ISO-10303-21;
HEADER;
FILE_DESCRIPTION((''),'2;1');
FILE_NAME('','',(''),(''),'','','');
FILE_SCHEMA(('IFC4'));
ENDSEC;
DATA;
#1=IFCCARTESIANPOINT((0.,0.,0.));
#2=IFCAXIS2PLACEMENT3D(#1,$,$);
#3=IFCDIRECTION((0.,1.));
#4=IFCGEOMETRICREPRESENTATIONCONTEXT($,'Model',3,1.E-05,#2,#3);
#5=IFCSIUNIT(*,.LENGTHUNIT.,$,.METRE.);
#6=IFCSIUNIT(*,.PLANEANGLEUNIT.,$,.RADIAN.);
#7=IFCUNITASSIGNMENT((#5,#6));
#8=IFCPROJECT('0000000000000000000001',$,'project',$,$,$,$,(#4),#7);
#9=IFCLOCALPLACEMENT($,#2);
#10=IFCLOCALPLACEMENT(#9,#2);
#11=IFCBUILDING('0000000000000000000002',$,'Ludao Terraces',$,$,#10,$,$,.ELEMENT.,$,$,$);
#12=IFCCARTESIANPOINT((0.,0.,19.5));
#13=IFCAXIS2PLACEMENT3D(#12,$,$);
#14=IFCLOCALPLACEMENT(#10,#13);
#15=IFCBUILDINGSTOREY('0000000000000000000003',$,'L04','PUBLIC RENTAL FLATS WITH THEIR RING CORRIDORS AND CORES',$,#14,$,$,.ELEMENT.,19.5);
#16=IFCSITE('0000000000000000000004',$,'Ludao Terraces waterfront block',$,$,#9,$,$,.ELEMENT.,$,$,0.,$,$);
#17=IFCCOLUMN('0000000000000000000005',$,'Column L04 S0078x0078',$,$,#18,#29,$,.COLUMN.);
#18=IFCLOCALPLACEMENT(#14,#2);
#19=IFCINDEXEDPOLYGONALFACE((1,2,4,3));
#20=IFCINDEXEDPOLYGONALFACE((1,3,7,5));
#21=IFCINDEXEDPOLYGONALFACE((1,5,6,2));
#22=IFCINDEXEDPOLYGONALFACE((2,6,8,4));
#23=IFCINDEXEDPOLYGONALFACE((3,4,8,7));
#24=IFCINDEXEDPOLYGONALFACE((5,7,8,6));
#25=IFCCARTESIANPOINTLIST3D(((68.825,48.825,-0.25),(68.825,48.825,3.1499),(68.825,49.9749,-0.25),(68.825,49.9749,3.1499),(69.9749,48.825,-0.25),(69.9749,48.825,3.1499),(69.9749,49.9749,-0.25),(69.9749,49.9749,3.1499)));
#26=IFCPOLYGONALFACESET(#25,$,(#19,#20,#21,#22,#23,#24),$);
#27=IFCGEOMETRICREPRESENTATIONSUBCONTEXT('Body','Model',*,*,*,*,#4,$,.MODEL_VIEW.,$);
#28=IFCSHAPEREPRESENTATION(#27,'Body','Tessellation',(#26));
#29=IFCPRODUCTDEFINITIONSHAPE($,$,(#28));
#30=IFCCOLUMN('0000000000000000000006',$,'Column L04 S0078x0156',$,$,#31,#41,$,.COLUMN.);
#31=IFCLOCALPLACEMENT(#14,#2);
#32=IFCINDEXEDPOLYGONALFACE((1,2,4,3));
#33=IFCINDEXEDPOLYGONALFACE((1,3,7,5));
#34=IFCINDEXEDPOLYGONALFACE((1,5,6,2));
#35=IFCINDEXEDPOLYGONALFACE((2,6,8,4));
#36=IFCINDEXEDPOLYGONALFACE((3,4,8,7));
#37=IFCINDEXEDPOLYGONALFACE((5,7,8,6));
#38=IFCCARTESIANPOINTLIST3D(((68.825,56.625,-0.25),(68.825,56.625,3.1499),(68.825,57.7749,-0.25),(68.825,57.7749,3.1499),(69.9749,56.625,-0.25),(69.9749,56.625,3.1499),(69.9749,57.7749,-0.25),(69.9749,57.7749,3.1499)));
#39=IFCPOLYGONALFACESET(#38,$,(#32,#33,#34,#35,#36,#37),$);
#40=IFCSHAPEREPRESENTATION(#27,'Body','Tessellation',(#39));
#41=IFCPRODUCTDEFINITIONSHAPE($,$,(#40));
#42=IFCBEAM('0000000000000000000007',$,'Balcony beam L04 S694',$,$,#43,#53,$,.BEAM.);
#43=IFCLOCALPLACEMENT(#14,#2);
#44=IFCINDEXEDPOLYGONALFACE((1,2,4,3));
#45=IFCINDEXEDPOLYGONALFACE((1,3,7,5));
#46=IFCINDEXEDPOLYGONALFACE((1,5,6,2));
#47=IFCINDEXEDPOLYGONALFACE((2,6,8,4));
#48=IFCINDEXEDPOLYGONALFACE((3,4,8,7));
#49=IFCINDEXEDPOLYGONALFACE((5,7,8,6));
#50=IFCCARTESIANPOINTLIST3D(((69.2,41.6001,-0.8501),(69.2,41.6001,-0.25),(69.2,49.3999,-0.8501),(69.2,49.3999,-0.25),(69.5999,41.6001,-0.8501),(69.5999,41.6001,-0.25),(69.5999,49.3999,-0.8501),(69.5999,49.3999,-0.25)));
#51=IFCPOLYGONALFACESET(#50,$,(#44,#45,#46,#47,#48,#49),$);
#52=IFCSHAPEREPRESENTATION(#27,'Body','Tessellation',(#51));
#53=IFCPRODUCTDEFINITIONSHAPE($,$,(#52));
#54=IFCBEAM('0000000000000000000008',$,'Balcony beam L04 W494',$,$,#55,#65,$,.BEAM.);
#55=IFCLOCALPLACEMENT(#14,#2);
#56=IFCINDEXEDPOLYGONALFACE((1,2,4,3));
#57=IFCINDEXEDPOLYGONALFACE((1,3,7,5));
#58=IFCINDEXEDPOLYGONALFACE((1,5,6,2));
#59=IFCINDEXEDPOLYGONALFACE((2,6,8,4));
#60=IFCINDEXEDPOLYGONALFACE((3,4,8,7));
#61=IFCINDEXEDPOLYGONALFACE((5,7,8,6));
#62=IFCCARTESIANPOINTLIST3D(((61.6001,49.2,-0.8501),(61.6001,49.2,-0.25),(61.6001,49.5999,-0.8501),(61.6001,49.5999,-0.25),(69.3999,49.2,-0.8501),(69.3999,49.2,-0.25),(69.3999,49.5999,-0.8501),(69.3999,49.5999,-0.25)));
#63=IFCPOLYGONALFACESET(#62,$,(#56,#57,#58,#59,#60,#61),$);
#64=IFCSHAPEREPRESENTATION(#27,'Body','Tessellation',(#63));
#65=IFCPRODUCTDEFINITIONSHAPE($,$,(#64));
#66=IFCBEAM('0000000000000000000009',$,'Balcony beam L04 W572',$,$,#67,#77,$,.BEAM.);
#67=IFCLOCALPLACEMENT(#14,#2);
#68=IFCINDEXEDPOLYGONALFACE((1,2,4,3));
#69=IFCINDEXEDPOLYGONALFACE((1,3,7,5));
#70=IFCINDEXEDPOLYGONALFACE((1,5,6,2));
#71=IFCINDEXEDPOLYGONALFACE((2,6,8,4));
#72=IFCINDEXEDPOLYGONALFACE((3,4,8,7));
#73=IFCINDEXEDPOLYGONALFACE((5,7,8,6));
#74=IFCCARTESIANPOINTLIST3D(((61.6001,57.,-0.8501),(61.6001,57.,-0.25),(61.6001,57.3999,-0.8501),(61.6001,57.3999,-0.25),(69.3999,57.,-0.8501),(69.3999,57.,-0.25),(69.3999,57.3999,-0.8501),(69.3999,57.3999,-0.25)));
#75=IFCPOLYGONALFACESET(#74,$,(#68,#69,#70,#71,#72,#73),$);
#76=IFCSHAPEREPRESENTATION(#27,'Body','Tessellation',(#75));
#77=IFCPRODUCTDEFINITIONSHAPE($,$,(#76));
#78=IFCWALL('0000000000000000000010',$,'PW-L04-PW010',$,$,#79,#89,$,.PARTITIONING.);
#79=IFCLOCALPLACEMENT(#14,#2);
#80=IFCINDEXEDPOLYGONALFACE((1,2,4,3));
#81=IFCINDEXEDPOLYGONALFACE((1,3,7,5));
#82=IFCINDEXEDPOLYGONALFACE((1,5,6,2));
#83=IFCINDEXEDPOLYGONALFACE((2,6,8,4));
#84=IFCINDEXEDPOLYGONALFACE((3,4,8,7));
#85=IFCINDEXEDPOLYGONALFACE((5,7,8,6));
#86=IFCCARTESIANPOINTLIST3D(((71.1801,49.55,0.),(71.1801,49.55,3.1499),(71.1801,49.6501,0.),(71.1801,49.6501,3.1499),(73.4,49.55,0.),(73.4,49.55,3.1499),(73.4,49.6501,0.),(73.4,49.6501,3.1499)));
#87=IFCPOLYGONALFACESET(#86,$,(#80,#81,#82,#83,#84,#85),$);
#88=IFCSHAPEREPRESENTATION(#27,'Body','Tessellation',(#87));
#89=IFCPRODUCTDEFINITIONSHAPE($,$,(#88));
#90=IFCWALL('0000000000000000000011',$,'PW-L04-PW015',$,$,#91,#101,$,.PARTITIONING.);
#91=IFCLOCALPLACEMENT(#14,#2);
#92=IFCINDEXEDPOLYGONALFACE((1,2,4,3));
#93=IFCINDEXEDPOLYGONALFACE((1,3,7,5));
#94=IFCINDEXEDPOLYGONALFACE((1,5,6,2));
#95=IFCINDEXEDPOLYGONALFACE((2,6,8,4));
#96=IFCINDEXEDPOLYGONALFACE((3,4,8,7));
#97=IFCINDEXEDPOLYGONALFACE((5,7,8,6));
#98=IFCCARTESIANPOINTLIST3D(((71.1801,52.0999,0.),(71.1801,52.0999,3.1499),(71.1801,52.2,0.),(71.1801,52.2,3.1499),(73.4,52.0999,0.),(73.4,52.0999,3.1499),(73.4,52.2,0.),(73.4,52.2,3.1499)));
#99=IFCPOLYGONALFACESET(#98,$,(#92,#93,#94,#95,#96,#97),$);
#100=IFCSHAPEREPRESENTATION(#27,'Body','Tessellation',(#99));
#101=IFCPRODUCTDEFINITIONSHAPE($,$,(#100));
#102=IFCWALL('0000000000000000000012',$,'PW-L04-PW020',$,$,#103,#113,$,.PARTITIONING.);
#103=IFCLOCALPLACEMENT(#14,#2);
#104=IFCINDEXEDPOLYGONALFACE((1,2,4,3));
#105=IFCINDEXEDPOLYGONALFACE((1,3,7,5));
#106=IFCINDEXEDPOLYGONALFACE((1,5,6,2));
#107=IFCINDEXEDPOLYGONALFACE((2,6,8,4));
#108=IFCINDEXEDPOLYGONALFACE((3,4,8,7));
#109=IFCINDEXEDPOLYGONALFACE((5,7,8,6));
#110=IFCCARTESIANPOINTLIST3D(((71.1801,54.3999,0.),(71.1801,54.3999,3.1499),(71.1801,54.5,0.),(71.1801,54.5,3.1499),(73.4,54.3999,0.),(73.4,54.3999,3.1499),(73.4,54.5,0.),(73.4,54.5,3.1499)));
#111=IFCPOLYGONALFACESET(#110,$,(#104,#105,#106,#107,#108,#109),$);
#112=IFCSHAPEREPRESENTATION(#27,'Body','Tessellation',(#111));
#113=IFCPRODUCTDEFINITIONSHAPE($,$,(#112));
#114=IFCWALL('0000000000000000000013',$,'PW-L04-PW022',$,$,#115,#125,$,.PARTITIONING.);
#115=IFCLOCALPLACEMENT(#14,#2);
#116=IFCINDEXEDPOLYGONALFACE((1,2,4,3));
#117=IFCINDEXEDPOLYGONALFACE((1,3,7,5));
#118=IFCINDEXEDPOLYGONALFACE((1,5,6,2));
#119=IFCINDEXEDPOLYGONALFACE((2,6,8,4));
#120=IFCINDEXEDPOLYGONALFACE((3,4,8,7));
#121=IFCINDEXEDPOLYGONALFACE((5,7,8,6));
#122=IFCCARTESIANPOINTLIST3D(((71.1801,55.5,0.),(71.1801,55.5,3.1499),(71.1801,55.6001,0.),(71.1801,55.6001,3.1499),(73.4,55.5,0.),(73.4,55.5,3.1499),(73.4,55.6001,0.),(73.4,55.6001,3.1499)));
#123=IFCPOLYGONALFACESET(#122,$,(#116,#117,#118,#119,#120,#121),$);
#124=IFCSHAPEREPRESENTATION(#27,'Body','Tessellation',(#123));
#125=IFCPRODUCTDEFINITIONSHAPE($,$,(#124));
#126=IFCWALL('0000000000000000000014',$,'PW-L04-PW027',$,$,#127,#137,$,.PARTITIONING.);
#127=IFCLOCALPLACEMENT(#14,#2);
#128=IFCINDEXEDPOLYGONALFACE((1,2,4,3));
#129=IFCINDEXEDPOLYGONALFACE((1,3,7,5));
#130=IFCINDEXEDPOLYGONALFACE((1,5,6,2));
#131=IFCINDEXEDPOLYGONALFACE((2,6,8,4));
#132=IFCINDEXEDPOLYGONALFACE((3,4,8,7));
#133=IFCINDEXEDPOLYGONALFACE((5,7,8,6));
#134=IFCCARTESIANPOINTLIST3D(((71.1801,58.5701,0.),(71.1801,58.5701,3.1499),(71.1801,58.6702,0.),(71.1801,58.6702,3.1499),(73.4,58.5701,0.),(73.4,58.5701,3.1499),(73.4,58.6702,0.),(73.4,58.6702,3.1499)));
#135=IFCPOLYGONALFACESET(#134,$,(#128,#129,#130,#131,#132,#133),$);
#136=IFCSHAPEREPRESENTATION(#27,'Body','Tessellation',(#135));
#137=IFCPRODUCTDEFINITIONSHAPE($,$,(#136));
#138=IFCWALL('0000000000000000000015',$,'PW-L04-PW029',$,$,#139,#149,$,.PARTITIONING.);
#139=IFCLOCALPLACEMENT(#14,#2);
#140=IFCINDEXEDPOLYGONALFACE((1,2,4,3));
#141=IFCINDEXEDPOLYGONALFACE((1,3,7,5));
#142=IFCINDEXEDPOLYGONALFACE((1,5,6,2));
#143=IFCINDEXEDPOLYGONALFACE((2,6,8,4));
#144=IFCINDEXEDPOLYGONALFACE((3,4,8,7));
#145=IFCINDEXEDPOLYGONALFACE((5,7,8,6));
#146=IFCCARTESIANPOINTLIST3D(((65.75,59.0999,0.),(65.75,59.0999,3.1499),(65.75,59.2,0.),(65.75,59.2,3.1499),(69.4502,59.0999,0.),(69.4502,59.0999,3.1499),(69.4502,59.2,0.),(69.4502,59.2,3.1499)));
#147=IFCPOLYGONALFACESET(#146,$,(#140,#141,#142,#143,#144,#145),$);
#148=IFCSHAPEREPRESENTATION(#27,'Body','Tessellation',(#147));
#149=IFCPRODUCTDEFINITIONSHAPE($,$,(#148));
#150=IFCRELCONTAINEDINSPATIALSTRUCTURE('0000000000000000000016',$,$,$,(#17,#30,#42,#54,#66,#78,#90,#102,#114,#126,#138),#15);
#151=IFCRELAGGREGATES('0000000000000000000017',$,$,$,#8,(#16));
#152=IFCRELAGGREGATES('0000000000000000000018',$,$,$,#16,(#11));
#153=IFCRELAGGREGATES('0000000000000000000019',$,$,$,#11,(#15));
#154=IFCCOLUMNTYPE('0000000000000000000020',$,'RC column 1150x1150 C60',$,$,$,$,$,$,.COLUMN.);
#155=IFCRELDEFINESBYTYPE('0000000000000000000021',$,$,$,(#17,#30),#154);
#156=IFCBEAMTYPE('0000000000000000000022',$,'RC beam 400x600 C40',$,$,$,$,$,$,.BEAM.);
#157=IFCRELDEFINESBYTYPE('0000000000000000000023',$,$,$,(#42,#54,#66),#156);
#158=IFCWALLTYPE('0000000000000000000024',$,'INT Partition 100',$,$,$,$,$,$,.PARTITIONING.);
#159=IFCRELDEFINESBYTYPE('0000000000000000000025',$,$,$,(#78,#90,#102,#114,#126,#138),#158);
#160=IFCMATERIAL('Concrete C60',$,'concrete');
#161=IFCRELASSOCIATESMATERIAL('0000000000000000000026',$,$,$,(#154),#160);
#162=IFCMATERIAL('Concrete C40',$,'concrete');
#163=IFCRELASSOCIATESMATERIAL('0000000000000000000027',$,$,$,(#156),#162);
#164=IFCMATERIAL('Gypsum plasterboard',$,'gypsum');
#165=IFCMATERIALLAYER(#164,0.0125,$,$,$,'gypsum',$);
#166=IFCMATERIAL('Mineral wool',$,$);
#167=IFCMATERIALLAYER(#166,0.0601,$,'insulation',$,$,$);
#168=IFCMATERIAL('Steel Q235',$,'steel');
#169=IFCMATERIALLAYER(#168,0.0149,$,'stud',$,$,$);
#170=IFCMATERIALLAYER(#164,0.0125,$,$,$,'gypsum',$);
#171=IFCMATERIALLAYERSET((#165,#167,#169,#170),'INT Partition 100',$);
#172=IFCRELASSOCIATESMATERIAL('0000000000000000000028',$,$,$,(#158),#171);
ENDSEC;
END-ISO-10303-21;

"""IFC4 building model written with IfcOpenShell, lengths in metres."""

from ifc_helpers import new_model, si_unit, direction, frame, frame_2d, origin, origin_2d, place, context, subcontext, project, spatial, rectangle, extrude, material, layer, layer_set, material_profile, profile_set, type_object, element, save


model = new_model("IFC4")

# Units and contexts
model_context = context("Model", 3, precision=1e-05, world=origin(), true_north=direction((0.0, 1.0)))
body_context = subcontext(model_context, "Body", "Model", "MODEL_VIEW")
ifc_project = project(units=[si_unit("LENGTHUNIT", "METRE"), si_unit("PLANEANGLEUNIT", "RADIAN")], contexts=[model_context])

# Site, building, storey
site_placement = place(None, origin())
site = spatial("IfcSite", under=ifc_project, at=site_placement, Name="Ludao Terraces waterfront block", CompositionType="ELEMENT", RefElevation=0.0)
building_placement = place(site_placement, origin())
building = spatial("IfcBuilding", under=site, at=building_placement, Name="Ludao Terraces", CompositionType="ELEMENT")
storey_placement = place(building_placement, frame((0.0, 0.0, 19.5)))
storey = spatial("IfcBuildingStorey", under=building, at=storey_placement, Name="L04", Description="PUBLIC RENTAL FLATS WITH THEIR RING CORRIDORS AND CORES", CompositionType="ELEMENT", Elevation=19.5)

# Columns
ifc_material_1 = material(Name="Concrete C60", Category="concrete")
ifc_material_profile_1 = material_profile(ifc_material_1, rectangle(XDim=1.1499, YDim=1.1499, at=origin_2d()), Name="1150 X 1150")
ifc_profile_set_1 = profile_set([ifc_material_profile_1], Name="Concrete C60")
column_type = type_object("IfcColumnType", Name="RC column 1150x1150 C60", PredefinedType="COLUMN", material=ifc_profile_set_1)
for number, where, z_axis, x_axis, name in (
    (1, (69.3999, 49.3999, -0.25), (0.0, 0.0, 1.0), (1.0, 0.0, 0.0), "Column L04 S0078x0078"),
    (2, (69.3999, 57.2, -0.25), (0.0, 0.0, 1.0), (1.0, 0.0, 0.0), "Column L04 S0078x0156"),
):
    element("IfcColumn", number, at=place(storey_placement, frame(where, z_axis=z_axis, x_axis=x_axis)), inside=storey, type_object=column_type, Name=name, PredefinedType="COLUMN", context=body_context, shape_type="SweptSolid", body=[
        extrude(rectangle(XDim=1.1499, YDim=1.1499, at=origin_2d()), origin(), (0.0, 0.0, 1.0), 3.3999),
    ])

# Beams
ifc_material_2 = material(Name="Concrete C40", Category="concrete")
ifc_material_profile_2 = material_profile(ifc_material_2, rectangle(XDim=0.3999, YDim=0.6001, at=origin_2d()), Name="400 X 600")
ifc_profile_set_2 = profile_set([ifc_material_profile_2], Name="Concrete C40")
beam_type = type_object("IfcBeamType", Name="RC beam 400x600 C40", PredefinedType="BEAM", material=ifc_profile_set_2)
for number, where, z_axis, x_axis, name in (
    (3, (69.3999, 49.3999, -0.55), (0.0, -1.0, 0.0), (1.0, 0.0, 0.0), "Balcony beam L04 S694"),
    (4, (69.3999, 49.3999, -0.55), (-1.0, 0.0, 0.0), (0.0, -1.0, 0.0), "Balcony beam L04 W494"),
    (5, (69.3999, 57.2, -0.55), (-1.0, 0.0, 0.0), (0.0, -1.0, 0.0), "Balcony beam L04 W572"),
):
    element("IfcBeam", number, at=place(storey_placement, frame(where, z_axis=z_axis, x_axis=x_axis)), inside=storey, type_object=beam_type, Name=name, PredefinedType="BEAM", context=body_context, shape_type="SweptSolid", body=[
        extrude(rectangle(XDim=0.3999, YDim=0.6001, at=origin_2d()), origin(), (0.0, 0.0, 1.0), 7.7998),
    ])

# Walls
ifc_material_3 = material(Name="Gypsum plasterboard", Category="gypsum")
ifc_layer_1 = layer(ifc_material_3, 0.0125, Category="gypsum")
ifc_material_4 = material(Name="Mineral wool")
ifc_layer_2 = layer(ifc_material_4, 0.0601, Name="insulation")
ifc_material_5 = material(Name="Steel Q235", Category="steel")
ifc_layer_3 = layer(ifc_material_5, 0.0149, Name="stud")
ifc_layer_4 = layer(ifc_material_3, 0.0125, Category="gypsum")
ifc_layer_set = layer_set([ifc_layer_1, ifc_layer_2, ifc_layer_3, ifc_layer_4], Name="INT Partition 100")
wall_type = type_object("IfcWallType", Name="INT Partition 100", PredefinedType="PARTITIONING", material=ifc_layer_set)
for number, where, z_axis, x_axis, name in (
    (6, (71.1802, 49.6001, 0.0), (0.0, 0.0, 1.0), (1.0, 0.0, 0.0), "PW-L04-PW010"),
    (7, (71.1802, 52.1499, 0.0), (0.0, 0.0, 1.0), (1.0, 0.0, 0.0), "PW-L04-PW015"),
    (8, (71.1802, 54.45, 0.0), (0.0, 0.0, 1.0), (1.0, 0.0, 0.0), "PW-L04-PW020"),
    (9, (71.1802, 55.55, 0.0), (0.0, 0.0, 1.0), (1.0, 0.0, 0.0), "PW-L04-PW022"),
    (10, (71.1802, 58.6201, 0.0), (0.0, 0.0, 1.0), (1.0, 0.0, 0.0), "PW-L04-PW027"),
):
    element("IfcWall", number, at=place(storey_placement, frame(where, z_axis=z_axis, x_axis=x_axis)), inside=storey, type_object=wall_type, Name=name, PredefinedType="PARTITIONING", context=body_context, shape_type="SweptSolid", body=[
        extrude(rectangle(XDim=2.22, YDim=0.1001, at=frame_2d((1.1099, 0.0))), origin(), (0.0, 0.0, 1.0), 3.1499),
    ])
wall_1_placement = place(storey_placement, frame((65.75, 59.1499, 0.0), z_axis=(0.0, 0.0, 1.0), x_axis=(1.0, 0.0, 0.0)))
element("IfcWall", 11, at=wall_1_placement, inside=storey, type_object=wall_type, Name="PW-L04-PW029", PredefinedType="PARTITIONING", context=body_context, shape_type="SweptSolid", body=[
    extrude(rectangle(XDim=3.7002, YDim=0.1001, at=frame_2d((1.8501, 0.0))), origin(), (0.0, 0.0, 1.0), 3.1499),
])

save(model, "model.ifc")
